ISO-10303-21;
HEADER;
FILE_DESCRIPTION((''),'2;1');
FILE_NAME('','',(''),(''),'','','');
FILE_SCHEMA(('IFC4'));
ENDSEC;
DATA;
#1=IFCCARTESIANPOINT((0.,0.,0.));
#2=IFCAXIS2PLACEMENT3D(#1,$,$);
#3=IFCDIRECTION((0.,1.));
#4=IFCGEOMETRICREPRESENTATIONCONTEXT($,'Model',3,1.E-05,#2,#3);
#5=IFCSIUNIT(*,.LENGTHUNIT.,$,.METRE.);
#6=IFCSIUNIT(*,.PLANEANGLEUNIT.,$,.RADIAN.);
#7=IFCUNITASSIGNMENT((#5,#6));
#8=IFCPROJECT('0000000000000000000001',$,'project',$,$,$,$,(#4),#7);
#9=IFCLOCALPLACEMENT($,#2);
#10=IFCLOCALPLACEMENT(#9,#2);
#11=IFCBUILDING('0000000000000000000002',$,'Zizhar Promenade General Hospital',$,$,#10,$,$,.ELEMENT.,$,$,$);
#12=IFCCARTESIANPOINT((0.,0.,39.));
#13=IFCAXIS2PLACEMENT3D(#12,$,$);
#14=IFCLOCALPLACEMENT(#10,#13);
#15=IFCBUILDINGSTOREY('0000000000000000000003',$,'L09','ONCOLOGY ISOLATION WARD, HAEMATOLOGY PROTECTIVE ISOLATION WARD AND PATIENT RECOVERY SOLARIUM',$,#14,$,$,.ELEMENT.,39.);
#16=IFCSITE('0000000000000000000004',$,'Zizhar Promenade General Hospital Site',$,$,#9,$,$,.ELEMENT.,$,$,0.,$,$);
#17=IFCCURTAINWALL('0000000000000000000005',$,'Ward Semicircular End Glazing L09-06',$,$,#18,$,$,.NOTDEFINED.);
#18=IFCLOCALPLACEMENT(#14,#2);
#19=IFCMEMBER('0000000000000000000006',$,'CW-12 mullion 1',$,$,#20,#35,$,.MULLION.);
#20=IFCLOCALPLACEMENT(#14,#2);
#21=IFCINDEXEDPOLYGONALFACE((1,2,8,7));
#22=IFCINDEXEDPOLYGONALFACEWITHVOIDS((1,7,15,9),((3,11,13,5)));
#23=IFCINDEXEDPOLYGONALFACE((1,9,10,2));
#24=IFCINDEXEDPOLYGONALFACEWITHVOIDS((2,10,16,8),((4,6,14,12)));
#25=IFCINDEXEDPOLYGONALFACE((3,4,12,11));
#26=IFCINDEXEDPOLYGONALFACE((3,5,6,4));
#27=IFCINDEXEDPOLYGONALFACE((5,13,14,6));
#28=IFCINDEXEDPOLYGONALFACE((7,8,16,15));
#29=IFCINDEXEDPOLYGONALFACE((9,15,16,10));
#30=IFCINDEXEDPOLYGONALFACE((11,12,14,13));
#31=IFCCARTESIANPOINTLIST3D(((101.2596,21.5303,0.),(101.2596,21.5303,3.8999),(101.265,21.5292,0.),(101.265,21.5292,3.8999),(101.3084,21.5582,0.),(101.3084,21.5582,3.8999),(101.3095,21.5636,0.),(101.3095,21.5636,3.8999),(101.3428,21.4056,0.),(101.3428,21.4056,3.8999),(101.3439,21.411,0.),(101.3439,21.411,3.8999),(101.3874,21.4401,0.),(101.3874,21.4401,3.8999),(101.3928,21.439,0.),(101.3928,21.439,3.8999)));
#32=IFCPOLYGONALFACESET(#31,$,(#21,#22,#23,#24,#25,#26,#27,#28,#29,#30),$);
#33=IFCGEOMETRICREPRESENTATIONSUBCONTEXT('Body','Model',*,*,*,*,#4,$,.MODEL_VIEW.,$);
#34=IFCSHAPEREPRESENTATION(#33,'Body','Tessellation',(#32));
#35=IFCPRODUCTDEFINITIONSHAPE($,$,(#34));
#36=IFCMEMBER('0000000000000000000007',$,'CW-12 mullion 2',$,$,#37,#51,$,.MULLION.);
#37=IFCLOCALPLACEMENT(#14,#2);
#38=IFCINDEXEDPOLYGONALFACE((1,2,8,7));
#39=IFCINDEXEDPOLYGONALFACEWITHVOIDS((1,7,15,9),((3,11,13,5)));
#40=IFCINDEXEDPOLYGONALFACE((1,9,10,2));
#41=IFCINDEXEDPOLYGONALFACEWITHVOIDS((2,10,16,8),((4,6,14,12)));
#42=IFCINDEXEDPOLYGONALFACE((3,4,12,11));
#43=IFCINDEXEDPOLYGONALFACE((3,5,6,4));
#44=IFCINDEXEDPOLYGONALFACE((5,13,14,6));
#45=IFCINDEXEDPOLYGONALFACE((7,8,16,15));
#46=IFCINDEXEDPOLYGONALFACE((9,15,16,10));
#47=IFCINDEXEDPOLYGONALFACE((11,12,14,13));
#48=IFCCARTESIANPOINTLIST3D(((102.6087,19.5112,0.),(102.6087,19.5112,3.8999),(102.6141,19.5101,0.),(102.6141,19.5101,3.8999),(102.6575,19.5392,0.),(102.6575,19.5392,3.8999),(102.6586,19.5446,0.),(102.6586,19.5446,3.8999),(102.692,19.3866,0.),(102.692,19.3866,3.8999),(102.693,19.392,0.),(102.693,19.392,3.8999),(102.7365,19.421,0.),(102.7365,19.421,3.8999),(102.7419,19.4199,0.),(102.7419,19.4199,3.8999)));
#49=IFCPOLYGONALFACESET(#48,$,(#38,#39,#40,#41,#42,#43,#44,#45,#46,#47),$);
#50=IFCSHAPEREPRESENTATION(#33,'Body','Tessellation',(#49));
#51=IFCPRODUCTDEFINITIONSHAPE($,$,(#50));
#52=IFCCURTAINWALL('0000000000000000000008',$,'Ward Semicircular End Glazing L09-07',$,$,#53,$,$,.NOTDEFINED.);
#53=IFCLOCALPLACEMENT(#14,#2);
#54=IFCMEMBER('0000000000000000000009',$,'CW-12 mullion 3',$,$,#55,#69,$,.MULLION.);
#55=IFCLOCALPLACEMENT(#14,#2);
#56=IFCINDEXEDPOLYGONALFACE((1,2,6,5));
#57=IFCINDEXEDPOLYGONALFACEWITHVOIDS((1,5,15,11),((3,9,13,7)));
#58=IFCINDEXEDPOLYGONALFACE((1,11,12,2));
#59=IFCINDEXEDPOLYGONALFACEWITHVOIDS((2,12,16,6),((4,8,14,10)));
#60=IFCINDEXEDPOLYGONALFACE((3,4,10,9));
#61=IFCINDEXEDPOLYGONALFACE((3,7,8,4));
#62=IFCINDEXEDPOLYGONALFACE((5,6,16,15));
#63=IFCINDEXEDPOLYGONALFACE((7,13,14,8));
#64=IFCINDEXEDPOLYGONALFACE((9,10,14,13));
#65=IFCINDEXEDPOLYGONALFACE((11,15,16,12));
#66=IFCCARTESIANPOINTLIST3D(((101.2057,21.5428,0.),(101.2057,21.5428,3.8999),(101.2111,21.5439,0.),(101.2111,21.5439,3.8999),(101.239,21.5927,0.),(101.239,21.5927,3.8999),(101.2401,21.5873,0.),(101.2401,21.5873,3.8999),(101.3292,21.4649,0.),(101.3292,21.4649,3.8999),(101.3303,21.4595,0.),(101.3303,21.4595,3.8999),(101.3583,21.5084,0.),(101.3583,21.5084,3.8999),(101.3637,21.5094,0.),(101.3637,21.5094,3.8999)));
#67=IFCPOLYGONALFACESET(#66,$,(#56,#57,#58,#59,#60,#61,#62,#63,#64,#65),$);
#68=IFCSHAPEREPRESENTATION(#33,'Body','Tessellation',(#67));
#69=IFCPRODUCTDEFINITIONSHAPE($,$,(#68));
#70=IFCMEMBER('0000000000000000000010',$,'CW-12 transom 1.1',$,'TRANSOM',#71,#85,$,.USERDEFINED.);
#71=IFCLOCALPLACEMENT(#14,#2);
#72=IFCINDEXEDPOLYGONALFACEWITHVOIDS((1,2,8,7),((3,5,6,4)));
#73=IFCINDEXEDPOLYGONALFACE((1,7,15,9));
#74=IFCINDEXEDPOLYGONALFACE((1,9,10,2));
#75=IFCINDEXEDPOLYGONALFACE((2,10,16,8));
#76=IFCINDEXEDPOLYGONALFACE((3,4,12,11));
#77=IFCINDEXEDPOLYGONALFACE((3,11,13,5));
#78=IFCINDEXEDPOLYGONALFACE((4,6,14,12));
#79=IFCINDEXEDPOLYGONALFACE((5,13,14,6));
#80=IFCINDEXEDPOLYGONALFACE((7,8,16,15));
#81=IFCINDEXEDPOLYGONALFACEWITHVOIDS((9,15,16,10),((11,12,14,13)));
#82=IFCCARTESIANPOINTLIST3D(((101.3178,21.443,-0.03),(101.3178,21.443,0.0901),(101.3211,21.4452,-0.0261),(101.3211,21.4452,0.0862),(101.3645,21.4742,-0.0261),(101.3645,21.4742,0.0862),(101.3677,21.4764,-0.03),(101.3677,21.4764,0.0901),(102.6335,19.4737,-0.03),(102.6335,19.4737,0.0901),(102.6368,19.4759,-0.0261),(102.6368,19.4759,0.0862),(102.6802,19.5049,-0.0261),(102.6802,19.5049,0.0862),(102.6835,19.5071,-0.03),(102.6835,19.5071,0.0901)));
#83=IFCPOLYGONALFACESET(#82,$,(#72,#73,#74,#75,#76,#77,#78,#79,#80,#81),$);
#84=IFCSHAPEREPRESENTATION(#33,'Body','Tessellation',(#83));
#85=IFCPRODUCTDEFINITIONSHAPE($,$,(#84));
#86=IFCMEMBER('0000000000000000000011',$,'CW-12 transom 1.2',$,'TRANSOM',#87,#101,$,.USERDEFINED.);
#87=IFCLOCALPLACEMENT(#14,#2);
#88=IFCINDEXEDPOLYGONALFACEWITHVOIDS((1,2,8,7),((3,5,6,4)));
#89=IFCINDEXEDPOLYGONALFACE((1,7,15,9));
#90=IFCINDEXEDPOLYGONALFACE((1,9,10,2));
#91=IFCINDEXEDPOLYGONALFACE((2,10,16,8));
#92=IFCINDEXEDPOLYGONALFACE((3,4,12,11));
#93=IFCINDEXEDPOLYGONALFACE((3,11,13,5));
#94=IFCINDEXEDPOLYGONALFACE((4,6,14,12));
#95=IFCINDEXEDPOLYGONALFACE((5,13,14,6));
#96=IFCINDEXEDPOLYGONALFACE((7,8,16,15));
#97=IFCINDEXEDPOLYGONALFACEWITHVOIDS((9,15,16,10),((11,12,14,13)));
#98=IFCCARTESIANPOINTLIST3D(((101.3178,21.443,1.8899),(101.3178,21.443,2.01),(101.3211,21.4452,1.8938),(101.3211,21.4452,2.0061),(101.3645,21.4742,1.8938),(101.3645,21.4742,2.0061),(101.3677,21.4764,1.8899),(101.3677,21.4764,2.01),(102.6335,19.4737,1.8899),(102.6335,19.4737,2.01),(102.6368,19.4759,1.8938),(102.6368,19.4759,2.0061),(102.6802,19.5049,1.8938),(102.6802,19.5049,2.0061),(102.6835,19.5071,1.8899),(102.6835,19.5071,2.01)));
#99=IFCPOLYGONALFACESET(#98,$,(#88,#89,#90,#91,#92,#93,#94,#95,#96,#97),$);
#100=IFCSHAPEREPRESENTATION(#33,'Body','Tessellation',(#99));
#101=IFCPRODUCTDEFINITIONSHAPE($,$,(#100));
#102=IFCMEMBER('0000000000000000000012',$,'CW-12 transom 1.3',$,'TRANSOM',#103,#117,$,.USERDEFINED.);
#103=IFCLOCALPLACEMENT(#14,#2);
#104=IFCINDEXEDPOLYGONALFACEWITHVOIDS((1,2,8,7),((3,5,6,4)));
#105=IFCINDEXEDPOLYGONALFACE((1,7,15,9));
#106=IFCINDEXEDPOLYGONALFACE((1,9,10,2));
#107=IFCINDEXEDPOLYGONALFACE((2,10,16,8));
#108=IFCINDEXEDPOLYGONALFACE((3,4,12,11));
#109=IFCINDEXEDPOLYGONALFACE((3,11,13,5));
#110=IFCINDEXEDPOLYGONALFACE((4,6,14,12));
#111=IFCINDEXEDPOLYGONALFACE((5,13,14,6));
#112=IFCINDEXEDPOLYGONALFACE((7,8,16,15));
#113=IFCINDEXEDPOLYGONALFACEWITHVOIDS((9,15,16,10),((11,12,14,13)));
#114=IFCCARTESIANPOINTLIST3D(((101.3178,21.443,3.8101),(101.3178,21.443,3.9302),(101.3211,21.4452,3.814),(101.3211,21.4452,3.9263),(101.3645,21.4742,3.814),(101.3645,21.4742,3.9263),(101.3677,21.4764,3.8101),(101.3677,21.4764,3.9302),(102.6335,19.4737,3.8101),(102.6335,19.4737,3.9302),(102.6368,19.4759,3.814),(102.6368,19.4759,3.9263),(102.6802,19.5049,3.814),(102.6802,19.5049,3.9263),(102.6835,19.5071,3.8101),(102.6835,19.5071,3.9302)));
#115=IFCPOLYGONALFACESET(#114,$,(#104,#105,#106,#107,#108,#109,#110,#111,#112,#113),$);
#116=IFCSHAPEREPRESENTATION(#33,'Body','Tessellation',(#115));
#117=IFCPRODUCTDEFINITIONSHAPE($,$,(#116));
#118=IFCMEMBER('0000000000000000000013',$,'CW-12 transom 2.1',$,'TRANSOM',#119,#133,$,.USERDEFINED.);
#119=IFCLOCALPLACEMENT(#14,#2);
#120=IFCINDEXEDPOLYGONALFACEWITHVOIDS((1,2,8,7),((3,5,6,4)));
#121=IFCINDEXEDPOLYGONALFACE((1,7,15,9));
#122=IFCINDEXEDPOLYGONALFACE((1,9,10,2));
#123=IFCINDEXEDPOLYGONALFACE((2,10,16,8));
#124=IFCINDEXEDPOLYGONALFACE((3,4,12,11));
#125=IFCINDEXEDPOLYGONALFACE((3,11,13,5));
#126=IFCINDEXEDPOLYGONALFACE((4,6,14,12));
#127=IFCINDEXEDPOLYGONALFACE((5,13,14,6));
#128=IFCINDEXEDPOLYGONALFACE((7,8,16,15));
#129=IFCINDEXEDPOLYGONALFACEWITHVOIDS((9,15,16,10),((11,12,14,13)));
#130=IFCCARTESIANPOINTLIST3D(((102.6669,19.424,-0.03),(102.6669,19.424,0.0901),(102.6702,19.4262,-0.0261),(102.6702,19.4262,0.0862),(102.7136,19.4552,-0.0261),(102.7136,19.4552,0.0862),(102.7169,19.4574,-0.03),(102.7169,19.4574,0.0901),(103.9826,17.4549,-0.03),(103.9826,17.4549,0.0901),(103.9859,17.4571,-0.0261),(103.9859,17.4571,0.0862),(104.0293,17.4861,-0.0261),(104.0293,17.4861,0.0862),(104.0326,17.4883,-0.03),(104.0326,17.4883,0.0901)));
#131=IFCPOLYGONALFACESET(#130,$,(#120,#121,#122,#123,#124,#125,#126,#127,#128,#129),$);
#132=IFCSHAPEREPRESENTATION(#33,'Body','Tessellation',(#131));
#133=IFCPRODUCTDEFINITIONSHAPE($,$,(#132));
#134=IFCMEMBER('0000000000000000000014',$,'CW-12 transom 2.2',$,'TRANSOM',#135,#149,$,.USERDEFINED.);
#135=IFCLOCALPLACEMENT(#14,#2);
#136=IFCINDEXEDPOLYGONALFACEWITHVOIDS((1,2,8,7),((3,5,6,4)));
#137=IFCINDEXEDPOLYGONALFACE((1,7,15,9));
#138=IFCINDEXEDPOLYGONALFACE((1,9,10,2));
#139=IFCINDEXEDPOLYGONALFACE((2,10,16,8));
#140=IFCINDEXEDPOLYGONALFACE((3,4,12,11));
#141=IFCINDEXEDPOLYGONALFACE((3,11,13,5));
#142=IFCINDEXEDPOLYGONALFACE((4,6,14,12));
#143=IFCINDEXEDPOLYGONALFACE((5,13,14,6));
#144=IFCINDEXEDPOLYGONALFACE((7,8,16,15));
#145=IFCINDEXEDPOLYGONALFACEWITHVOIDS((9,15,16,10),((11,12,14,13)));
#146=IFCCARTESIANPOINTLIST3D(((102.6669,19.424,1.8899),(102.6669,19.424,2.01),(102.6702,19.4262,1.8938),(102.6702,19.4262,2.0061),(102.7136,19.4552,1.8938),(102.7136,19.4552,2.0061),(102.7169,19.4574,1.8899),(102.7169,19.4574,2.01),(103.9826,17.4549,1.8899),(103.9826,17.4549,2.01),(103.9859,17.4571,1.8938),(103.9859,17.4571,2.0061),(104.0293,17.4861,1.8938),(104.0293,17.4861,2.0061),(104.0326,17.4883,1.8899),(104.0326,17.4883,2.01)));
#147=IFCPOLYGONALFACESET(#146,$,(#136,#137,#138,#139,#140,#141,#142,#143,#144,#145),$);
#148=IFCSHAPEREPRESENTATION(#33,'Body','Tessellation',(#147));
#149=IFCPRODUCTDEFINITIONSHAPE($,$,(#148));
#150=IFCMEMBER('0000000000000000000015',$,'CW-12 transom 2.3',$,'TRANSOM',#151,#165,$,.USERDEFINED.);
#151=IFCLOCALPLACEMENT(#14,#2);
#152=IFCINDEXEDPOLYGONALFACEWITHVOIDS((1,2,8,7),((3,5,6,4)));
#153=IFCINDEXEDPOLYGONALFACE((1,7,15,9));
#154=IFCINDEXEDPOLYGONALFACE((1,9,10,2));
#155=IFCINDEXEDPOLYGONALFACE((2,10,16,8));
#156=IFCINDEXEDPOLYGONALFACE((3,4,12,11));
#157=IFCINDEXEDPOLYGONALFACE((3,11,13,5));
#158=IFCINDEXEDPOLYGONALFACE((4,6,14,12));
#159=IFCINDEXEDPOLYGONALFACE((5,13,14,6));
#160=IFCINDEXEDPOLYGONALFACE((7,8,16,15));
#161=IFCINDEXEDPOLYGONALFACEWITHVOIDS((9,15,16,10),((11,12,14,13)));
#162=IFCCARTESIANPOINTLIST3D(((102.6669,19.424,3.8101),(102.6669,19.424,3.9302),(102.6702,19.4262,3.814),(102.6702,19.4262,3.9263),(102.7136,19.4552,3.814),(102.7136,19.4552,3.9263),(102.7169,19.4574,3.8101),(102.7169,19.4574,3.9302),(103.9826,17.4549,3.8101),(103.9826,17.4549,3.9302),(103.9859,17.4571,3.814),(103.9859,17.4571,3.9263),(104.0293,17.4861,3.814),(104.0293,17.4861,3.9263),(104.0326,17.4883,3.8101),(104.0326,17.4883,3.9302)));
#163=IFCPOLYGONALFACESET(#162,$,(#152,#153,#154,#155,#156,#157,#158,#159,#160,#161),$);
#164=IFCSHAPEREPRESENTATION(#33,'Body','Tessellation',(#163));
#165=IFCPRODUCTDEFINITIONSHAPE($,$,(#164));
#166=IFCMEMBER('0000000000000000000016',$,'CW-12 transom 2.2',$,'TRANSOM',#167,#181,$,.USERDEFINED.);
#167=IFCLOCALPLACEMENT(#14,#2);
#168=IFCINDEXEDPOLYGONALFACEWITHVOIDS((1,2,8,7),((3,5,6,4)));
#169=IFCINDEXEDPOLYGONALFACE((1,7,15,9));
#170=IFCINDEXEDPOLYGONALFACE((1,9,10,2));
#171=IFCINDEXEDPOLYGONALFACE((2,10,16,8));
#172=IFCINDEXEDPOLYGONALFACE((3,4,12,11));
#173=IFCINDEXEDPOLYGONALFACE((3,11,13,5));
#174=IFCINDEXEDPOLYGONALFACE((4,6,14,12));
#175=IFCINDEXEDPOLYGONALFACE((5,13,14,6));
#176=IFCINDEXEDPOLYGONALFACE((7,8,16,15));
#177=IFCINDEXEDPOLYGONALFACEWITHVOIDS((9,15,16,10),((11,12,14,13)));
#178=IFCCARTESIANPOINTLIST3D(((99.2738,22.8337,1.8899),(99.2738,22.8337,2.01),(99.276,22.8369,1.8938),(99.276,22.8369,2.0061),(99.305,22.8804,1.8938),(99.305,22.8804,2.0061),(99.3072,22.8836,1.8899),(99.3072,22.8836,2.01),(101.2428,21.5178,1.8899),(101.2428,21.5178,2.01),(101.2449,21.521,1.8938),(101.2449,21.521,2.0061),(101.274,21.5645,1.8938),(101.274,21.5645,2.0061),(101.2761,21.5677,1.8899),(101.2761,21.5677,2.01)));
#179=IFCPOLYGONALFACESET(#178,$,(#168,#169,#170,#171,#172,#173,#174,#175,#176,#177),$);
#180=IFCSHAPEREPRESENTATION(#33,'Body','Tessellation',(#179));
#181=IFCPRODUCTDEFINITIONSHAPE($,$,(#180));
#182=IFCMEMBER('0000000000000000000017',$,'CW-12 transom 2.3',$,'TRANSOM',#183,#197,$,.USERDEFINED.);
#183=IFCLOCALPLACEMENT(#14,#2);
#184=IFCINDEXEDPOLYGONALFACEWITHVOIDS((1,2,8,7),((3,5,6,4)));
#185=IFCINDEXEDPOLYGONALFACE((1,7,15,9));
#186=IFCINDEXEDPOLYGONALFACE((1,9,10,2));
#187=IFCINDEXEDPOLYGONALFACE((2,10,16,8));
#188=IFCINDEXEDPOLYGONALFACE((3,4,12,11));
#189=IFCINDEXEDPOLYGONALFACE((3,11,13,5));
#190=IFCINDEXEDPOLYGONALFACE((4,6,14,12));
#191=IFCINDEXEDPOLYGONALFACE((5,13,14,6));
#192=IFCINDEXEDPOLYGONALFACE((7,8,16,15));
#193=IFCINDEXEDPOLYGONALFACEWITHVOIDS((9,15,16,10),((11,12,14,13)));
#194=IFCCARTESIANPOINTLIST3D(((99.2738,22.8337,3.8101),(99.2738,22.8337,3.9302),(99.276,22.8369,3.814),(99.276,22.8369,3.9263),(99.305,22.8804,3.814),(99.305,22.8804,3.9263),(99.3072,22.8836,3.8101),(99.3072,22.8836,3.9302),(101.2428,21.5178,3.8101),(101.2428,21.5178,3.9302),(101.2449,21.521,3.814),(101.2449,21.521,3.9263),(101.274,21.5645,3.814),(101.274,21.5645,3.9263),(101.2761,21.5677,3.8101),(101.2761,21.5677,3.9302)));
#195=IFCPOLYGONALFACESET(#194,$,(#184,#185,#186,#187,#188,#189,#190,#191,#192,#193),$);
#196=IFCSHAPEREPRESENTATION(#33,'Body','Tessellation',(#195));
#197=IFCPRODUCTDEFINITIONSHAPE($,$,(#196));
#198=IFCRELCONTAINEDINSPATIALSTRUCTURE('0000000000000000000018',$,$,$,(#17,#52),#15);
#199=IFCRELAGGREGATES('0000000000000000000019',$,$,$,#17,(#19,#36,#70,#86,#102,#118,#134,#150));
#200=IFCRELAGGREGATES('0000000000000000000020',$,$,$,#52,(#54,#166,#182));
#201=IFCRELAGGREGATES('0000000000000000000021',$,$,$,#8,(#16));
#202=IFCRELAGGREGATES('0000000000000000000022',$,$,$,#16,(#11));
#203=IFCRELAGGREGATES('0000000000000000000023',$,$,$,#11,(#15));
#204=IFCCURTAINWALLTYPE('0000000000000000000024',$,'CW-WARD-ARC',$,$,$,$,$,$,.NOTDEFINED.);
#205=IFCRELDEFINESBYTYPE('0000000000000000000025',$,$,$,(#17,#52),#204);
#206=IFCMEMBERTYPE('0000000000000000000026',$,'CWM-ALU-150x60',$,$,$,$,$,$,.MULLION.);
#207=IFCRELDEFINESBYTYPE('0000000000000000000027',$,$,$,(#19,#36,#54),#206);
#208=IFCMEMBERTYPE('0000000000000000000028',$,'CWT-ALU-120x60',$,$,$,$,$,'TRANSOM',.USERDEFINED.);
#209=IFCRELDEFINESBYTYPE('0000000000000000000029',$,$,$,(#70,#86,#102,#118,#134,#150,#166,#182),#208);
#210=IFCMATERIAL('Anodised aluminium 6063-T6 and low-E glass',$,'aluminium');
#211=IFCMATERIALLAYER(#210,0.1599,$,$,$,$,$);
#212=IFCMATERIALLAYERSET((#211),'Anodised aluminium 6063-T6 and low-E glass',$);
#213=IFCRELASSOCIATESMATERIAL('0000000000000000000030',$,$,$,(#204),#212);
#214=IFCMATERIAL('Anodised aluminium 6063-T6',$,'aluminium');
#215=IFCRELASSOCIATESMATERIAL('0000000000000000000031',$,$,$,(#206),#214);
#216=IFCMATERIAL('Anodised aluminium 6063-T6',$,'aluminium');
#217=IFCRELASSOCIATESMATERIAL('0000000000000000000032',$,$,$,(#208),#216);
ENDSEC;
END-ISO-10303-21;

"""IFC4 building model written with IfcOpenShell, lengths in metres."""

from ifc_helpers import new_model, si_unit, direction, frame, origin, origin_2d, place, context, subcontext, project, spatial, hollow_rectangle, extrude, material, layer, layer_set, material_profile, profile_set, type_object, element, aggregate, save


model = new_model("IFC4")

# Units and contexts
model_context = context("Model", 3, precision=1e-05, world=origin(), true_north=direction((0.0, 1.0)))
body_context = subcontext(model_context, "Body", "Model", "MODEL_VIEW")
ifc_project = project(units=[si_unit("LENGTHUNIT", "METRE"), si_unit("PLANEANGLEUNIT", "RADIAN")], contexts=[model_context])

# Site, building, storey
site_placement = place(None, origin())
site = spatial("IfcSite", under=ifc_project, at=site_placement, Name="Zizhar Promenade General Hospital Site", CompositionType="ELEMENT", RefElevation=0.0)
building_placement = place(site_placement, origin())
building = spatial("IfcBuilding", under=site, at=building_placement, Name="Zizhar Promenade General Hospital", CompositionType="ELEMENT")
storey_placement = place(building_placement, frame((0.0, 0.0, 39.0)))
storey = spatial("IfcBuildingStorey", under=building, at=storey_placement, Name="L09", Description="ONCOLOGY ISOLATION WARD, HAEMATOLOGY PROTECTIVE ISOLATION WARD AND PATIENT RECOVERY SOLARIUM", CompositionType="ELEMENT", Elevation=39.0)

# Curtain wall, members
ifc_material_1 = material(Name="Anodised aluminium 6063-T6 and low-E glass", Category="aluminium")
ifc_layer_1 = layer(ifc_material_1, 0.1599)
ifc_layer_set_1 = layer_set([ifc_layer_1], Name="Anodised aluminium 6063-T6 and low-E glass")
curtain_wall_type = type_object("IfcCurtainWallType", Name="CW-WARD-ARC", PredefinedType="NOTDEFINED", material=ifc_layer_set_1)
curtain_wall_1_placement = place(storey_placement, origin())
curtain_wall_1 = element("IfcCurtainWall", 1, at=curtain_wall_1_placement, inside=storey, type_object=curtain_wall_type, Name="Ward Semicircular End Glazing L09-06", PredefinedType="NOTDEFINED")
ifc_material_2 = material(Name="Anodised aluminium 6063-T6", Category="aluminium")
ifc_material_profile_1 = material_profile(ifc_material_2, hollow_rectangle(XDim=0.0601, YDim=0.1499, WallThickness=0.0039, at=origin_2d()))
ifc_profile_set_1 = profile_set([ifc_material_profile_1], Name="Anodised aluminium 6063-T6")
member_type_1 = type_object("IfcMemberType", Name="CWM-ALU-150x60", PredefinedType="MULLION", material=ifc_profile_set_1)
member_1_placement = place(storey_placement, frame((101.3262, 21.4846, 0.0), z_axis=(0.0, 0.0, 1.0), x_axis=(0.831462, 0.555582, 0.0)))
member_1 = element("IfcMember", 2, at=member_1_placement, type_object=member_type_1, Name="CW-12 mullion 1", PredefinedType="MULLION", context=body_context, shape_type="SweptSolid", body=[
    extrude(hollow_rectangle(XDim=0.0601, YDim=0.1499, WallThickness=0.0039, at=origin_2d()), origin(), (0.0, 0.0, 1.0), 3.8999),
])
member_2_placement = place(storey_placement, frame((102.6753, 19.4656, 0.0), z_axis=(0.0, 0.0, 1.0), x_axis=(0.831462, 0.555582, 0.0)))
member_2 = element("IfcMember", 3, at=member_2_placement, type_object=member_type_1, Name="CW-12 mullion 2", PredefinedType="MULLION", context=body_context, shape_type="SweptSolid", body=[
    extrude(hollow_rectangle(XDim=0.0601, YDim=0.1499, WallThickness=0.0039, at=origin_2d()), origin(), (0.0, 0.0, 1.0), 3.8999),
])

# Curtain wall, member
curtain_wall_2_placement = place(storey_placement, origin())
curtain_wall_2 = element("IfcCurtainWall", 4, at=curtain_wall_2_placement, inside=storey, type_object=curtain_wall_type, Name="Ward Semicircular End Glazing L09-07", PredefinedType="NOTDEFINED")
member_3_placement = place(storey_placement, frame((101.2847, 21.5261, 0.0), z_axis=(0.0, 0.0, 1.0), x_axis=(0.555582, 0.831462, 0.0)))
member_3 = element("IfcMember", 5, at=member_3_placement, type_object=member_type_1, Name="CW-12 mullion 3", PredefinedType="MULLION", context=body_context, shape_type="SweptSolid", body=[
    extrude(hollow_rectangle(XDim=0.0601, YDim=0.1499, WallThickness=0.0039, at=origin_2d()), origin(), (0.0, 0.0, 1.0), 3.8999),
])

# Members
ifc_material_3 = material(Name="Anodised aluminium 6063-T6", Category="aluminium")
ifc_material_profile_2 = material_profile(ifc_material_3, hollow_rectangle(XDim=0.0601, YDim=0.1201, WallThickness=0.0039, at=origin_2d()))
ifc_profile_set_2 = profile_set([ifc_material_profile_2], Name="Anodised aluminium 6063-T6")
member_type_2 = type_object("IfcMemberType", Name="CWT-ALU-120x60", ElementType="TRANSOM", PredefinedType="USERDEFINED", material=ifc_profile_set_2)
member_4_placement = place(storey_placement, frame((101.3428, 21.4597, 0.03), z_axis=(0.555533, -0.831495, 0.0), x_axis=(0.831495, 0.555533, 0.0)))
member_4 = element("IfcMember", 6, at=member_4_placement, type_object=member_type_2, Name="CW-12 transom 1.1", ObjectType="TRANSOM", PredefinedType="USERDEFINED", context=body_context, shape_type="SweptSolid", body=[
    extrude(hollow_rectangle(XDim=0.0601, YDim=0.1201, WallThickness=0.0039, at=origin_2d()), origin(), (0.0, 0.0, 1.0), 2.3684),
])
member_5_placement = place(storey_placement, frame((101.3428, 21.4597, 1.95), z_axis=(0.555533, -0.831495, 0.0), x_axis=(0.831495, 0.555533, 0.0)))
member_5 = element("IfcMember", 7, at=member_5_placement, type_object=member_type_2, Name="CW-12 transom 1.2", ObjectType="TRANSOM", PredefinedType="USERDEFINED", context=body_context, shape_type="SweptSolid", body=[
    extrude(hollow_rectangle(XDim=0.0601, YDim=0.1201, WallThickness=0.0039, at=origin_2d()), origin(), (0.0, 0.0, 1.0), 2.3684),
])
member_6_placement = place(storey_placement, frame((101.3428, 21.4597, 3.8701), z_axis=(0.555533, -0.831495, 0.0), x_axis=(0.831495, 0.555533, 0.0)))
member_6 = element("IfcMember", 8, at=member_6_placement, type_object=member_type_2, Name="CW-12 transom 1.3", ObjectType="TRANSOM", PredefinedType="USERDEFINED", context=body_context, shape_type="SweptSolid", body=[
    extrude(hollow_rectangle(XDim=0.0601, YDim=0.1201, WallThickness=0.0039, at=origin_2d()), origin(), (0.0, 0.0, 1.0), 2.3684),
])
member_7_placement = place(storey_placement, frame((102.6919, 19.4407, 0.03), z_axis=(0.55558, -0.831463, 0.0), x_axis=(0.831463, 0.55558, 0.0)))
member_7 = element("IfcMember", 9, at=member_7_placement, type_object=member_type_2, Name="CW-12 transom 2.1", ObjectType="TRANSOM", PredefinedType="USERDEFINED", context=body_context, shape_type="SweptSolid", body=[
    extrude(hollow_rectangle(XDim=0.0601, YDim=0.1201, WallThickness=0.0039, at=origin_2d()), origin(), (0.0, 0.0, 1.0), 2.3682),
])
member_8_placement = place(storey_placement, frame((102.6919, 19.4407, 1.95), z_axis=(0.55558, -0.831463, 0.0), x_axis=(0.831463, 0.55558, 0.0)))
member_8 = element("IfcMember", 10, at=member_8_placement, type_object=member_type_2, Name="CW-12 transom 2.2", ObjectType="TRANSOM", PredefinedType="USERDEFINED", context=body_context, shape_type="SweptSolid", body=[
    extrude(hollow_rectangle(XDim=0.0601, YDim=0.1201, WallThickness=0.0039, at=origin_2d()), origin(), (0.0, 0.0, 1.0), 2.3682),
])
member_9_placement = place(storey_placement, frame((102.6919, 19.4407, 3.8701), z_axis=(0.55558, -0.831463, 0.0), x_axis=(0.831463, 0.55558, 0.0)))
member_9 = element("IfcMember", 11, at=member_9_placement, type_object=member_type_2, Name="CW-12 transom 2.3", ObjectType="TRANSOM", PredefinedType="USERDEFINED", context=body_context, shape_type="SweptSolid", body=[
    extrude(hollow_rectangle(XDim=0.0601, YDim=0.1201, WallThickness=0.0039, at=origin_2d()), origin(), (0.0, 0.0, 1.0), 2.3682),
])
member_10_placement = place(storey_placement, frame((99.2905, 22.8586, 1.95), z_axis=(0.831415, -0.555651, 0.0), x_axis=(0.555651, 0.831415, 0.0)))
member_10 = element("IfcMember", 12, at=member_10_placement, type_object=member_type_2, Name="CW-12 transom 2.2", ObjectType="TRANSOM", PredefinedType="USERDEFINED", context=body_context, shape_type="SweptSolid", body=[
    extrude(hollow_rectangle(XDim=0.0601, YDim=0.1201, WallThickness=0.0039, at=origin_2d()), origin(), (0.0, 0.0, 1.0), 2.3682),
])
member_11_placement = place(storey_placement, frame((99.2905, 22.8586, 3.8701), z_axis=(0.831415, -0.555651, 0.0), x_axis=(0.555651, 0.831415, 0.0)))
member_11 = element("IfcMember", 13, at=member_11_placement, type_object=member_type_2, Name="CW-12 transom 2.3", ObjectType="TRANSOM", PredefinedType="USERDEFINED", context=body_context, shape_type="SweptSolid", body=[
    extrude(hollow_rectangle(XDim=0.0601, YDim=0.1201, WallThickness=0.0039, at=origin_2d()), origin(), (0.0, 0.0, 1.0), 2.3682),
])

aggregate(curtain_wall_1, [member_1, member_2, member_4, member_5, member_6, member_7, member_8, member_9])
aggregate(curtain_wall_2, [member_3, member_10, member_11])

save(model, "model.ifc")
